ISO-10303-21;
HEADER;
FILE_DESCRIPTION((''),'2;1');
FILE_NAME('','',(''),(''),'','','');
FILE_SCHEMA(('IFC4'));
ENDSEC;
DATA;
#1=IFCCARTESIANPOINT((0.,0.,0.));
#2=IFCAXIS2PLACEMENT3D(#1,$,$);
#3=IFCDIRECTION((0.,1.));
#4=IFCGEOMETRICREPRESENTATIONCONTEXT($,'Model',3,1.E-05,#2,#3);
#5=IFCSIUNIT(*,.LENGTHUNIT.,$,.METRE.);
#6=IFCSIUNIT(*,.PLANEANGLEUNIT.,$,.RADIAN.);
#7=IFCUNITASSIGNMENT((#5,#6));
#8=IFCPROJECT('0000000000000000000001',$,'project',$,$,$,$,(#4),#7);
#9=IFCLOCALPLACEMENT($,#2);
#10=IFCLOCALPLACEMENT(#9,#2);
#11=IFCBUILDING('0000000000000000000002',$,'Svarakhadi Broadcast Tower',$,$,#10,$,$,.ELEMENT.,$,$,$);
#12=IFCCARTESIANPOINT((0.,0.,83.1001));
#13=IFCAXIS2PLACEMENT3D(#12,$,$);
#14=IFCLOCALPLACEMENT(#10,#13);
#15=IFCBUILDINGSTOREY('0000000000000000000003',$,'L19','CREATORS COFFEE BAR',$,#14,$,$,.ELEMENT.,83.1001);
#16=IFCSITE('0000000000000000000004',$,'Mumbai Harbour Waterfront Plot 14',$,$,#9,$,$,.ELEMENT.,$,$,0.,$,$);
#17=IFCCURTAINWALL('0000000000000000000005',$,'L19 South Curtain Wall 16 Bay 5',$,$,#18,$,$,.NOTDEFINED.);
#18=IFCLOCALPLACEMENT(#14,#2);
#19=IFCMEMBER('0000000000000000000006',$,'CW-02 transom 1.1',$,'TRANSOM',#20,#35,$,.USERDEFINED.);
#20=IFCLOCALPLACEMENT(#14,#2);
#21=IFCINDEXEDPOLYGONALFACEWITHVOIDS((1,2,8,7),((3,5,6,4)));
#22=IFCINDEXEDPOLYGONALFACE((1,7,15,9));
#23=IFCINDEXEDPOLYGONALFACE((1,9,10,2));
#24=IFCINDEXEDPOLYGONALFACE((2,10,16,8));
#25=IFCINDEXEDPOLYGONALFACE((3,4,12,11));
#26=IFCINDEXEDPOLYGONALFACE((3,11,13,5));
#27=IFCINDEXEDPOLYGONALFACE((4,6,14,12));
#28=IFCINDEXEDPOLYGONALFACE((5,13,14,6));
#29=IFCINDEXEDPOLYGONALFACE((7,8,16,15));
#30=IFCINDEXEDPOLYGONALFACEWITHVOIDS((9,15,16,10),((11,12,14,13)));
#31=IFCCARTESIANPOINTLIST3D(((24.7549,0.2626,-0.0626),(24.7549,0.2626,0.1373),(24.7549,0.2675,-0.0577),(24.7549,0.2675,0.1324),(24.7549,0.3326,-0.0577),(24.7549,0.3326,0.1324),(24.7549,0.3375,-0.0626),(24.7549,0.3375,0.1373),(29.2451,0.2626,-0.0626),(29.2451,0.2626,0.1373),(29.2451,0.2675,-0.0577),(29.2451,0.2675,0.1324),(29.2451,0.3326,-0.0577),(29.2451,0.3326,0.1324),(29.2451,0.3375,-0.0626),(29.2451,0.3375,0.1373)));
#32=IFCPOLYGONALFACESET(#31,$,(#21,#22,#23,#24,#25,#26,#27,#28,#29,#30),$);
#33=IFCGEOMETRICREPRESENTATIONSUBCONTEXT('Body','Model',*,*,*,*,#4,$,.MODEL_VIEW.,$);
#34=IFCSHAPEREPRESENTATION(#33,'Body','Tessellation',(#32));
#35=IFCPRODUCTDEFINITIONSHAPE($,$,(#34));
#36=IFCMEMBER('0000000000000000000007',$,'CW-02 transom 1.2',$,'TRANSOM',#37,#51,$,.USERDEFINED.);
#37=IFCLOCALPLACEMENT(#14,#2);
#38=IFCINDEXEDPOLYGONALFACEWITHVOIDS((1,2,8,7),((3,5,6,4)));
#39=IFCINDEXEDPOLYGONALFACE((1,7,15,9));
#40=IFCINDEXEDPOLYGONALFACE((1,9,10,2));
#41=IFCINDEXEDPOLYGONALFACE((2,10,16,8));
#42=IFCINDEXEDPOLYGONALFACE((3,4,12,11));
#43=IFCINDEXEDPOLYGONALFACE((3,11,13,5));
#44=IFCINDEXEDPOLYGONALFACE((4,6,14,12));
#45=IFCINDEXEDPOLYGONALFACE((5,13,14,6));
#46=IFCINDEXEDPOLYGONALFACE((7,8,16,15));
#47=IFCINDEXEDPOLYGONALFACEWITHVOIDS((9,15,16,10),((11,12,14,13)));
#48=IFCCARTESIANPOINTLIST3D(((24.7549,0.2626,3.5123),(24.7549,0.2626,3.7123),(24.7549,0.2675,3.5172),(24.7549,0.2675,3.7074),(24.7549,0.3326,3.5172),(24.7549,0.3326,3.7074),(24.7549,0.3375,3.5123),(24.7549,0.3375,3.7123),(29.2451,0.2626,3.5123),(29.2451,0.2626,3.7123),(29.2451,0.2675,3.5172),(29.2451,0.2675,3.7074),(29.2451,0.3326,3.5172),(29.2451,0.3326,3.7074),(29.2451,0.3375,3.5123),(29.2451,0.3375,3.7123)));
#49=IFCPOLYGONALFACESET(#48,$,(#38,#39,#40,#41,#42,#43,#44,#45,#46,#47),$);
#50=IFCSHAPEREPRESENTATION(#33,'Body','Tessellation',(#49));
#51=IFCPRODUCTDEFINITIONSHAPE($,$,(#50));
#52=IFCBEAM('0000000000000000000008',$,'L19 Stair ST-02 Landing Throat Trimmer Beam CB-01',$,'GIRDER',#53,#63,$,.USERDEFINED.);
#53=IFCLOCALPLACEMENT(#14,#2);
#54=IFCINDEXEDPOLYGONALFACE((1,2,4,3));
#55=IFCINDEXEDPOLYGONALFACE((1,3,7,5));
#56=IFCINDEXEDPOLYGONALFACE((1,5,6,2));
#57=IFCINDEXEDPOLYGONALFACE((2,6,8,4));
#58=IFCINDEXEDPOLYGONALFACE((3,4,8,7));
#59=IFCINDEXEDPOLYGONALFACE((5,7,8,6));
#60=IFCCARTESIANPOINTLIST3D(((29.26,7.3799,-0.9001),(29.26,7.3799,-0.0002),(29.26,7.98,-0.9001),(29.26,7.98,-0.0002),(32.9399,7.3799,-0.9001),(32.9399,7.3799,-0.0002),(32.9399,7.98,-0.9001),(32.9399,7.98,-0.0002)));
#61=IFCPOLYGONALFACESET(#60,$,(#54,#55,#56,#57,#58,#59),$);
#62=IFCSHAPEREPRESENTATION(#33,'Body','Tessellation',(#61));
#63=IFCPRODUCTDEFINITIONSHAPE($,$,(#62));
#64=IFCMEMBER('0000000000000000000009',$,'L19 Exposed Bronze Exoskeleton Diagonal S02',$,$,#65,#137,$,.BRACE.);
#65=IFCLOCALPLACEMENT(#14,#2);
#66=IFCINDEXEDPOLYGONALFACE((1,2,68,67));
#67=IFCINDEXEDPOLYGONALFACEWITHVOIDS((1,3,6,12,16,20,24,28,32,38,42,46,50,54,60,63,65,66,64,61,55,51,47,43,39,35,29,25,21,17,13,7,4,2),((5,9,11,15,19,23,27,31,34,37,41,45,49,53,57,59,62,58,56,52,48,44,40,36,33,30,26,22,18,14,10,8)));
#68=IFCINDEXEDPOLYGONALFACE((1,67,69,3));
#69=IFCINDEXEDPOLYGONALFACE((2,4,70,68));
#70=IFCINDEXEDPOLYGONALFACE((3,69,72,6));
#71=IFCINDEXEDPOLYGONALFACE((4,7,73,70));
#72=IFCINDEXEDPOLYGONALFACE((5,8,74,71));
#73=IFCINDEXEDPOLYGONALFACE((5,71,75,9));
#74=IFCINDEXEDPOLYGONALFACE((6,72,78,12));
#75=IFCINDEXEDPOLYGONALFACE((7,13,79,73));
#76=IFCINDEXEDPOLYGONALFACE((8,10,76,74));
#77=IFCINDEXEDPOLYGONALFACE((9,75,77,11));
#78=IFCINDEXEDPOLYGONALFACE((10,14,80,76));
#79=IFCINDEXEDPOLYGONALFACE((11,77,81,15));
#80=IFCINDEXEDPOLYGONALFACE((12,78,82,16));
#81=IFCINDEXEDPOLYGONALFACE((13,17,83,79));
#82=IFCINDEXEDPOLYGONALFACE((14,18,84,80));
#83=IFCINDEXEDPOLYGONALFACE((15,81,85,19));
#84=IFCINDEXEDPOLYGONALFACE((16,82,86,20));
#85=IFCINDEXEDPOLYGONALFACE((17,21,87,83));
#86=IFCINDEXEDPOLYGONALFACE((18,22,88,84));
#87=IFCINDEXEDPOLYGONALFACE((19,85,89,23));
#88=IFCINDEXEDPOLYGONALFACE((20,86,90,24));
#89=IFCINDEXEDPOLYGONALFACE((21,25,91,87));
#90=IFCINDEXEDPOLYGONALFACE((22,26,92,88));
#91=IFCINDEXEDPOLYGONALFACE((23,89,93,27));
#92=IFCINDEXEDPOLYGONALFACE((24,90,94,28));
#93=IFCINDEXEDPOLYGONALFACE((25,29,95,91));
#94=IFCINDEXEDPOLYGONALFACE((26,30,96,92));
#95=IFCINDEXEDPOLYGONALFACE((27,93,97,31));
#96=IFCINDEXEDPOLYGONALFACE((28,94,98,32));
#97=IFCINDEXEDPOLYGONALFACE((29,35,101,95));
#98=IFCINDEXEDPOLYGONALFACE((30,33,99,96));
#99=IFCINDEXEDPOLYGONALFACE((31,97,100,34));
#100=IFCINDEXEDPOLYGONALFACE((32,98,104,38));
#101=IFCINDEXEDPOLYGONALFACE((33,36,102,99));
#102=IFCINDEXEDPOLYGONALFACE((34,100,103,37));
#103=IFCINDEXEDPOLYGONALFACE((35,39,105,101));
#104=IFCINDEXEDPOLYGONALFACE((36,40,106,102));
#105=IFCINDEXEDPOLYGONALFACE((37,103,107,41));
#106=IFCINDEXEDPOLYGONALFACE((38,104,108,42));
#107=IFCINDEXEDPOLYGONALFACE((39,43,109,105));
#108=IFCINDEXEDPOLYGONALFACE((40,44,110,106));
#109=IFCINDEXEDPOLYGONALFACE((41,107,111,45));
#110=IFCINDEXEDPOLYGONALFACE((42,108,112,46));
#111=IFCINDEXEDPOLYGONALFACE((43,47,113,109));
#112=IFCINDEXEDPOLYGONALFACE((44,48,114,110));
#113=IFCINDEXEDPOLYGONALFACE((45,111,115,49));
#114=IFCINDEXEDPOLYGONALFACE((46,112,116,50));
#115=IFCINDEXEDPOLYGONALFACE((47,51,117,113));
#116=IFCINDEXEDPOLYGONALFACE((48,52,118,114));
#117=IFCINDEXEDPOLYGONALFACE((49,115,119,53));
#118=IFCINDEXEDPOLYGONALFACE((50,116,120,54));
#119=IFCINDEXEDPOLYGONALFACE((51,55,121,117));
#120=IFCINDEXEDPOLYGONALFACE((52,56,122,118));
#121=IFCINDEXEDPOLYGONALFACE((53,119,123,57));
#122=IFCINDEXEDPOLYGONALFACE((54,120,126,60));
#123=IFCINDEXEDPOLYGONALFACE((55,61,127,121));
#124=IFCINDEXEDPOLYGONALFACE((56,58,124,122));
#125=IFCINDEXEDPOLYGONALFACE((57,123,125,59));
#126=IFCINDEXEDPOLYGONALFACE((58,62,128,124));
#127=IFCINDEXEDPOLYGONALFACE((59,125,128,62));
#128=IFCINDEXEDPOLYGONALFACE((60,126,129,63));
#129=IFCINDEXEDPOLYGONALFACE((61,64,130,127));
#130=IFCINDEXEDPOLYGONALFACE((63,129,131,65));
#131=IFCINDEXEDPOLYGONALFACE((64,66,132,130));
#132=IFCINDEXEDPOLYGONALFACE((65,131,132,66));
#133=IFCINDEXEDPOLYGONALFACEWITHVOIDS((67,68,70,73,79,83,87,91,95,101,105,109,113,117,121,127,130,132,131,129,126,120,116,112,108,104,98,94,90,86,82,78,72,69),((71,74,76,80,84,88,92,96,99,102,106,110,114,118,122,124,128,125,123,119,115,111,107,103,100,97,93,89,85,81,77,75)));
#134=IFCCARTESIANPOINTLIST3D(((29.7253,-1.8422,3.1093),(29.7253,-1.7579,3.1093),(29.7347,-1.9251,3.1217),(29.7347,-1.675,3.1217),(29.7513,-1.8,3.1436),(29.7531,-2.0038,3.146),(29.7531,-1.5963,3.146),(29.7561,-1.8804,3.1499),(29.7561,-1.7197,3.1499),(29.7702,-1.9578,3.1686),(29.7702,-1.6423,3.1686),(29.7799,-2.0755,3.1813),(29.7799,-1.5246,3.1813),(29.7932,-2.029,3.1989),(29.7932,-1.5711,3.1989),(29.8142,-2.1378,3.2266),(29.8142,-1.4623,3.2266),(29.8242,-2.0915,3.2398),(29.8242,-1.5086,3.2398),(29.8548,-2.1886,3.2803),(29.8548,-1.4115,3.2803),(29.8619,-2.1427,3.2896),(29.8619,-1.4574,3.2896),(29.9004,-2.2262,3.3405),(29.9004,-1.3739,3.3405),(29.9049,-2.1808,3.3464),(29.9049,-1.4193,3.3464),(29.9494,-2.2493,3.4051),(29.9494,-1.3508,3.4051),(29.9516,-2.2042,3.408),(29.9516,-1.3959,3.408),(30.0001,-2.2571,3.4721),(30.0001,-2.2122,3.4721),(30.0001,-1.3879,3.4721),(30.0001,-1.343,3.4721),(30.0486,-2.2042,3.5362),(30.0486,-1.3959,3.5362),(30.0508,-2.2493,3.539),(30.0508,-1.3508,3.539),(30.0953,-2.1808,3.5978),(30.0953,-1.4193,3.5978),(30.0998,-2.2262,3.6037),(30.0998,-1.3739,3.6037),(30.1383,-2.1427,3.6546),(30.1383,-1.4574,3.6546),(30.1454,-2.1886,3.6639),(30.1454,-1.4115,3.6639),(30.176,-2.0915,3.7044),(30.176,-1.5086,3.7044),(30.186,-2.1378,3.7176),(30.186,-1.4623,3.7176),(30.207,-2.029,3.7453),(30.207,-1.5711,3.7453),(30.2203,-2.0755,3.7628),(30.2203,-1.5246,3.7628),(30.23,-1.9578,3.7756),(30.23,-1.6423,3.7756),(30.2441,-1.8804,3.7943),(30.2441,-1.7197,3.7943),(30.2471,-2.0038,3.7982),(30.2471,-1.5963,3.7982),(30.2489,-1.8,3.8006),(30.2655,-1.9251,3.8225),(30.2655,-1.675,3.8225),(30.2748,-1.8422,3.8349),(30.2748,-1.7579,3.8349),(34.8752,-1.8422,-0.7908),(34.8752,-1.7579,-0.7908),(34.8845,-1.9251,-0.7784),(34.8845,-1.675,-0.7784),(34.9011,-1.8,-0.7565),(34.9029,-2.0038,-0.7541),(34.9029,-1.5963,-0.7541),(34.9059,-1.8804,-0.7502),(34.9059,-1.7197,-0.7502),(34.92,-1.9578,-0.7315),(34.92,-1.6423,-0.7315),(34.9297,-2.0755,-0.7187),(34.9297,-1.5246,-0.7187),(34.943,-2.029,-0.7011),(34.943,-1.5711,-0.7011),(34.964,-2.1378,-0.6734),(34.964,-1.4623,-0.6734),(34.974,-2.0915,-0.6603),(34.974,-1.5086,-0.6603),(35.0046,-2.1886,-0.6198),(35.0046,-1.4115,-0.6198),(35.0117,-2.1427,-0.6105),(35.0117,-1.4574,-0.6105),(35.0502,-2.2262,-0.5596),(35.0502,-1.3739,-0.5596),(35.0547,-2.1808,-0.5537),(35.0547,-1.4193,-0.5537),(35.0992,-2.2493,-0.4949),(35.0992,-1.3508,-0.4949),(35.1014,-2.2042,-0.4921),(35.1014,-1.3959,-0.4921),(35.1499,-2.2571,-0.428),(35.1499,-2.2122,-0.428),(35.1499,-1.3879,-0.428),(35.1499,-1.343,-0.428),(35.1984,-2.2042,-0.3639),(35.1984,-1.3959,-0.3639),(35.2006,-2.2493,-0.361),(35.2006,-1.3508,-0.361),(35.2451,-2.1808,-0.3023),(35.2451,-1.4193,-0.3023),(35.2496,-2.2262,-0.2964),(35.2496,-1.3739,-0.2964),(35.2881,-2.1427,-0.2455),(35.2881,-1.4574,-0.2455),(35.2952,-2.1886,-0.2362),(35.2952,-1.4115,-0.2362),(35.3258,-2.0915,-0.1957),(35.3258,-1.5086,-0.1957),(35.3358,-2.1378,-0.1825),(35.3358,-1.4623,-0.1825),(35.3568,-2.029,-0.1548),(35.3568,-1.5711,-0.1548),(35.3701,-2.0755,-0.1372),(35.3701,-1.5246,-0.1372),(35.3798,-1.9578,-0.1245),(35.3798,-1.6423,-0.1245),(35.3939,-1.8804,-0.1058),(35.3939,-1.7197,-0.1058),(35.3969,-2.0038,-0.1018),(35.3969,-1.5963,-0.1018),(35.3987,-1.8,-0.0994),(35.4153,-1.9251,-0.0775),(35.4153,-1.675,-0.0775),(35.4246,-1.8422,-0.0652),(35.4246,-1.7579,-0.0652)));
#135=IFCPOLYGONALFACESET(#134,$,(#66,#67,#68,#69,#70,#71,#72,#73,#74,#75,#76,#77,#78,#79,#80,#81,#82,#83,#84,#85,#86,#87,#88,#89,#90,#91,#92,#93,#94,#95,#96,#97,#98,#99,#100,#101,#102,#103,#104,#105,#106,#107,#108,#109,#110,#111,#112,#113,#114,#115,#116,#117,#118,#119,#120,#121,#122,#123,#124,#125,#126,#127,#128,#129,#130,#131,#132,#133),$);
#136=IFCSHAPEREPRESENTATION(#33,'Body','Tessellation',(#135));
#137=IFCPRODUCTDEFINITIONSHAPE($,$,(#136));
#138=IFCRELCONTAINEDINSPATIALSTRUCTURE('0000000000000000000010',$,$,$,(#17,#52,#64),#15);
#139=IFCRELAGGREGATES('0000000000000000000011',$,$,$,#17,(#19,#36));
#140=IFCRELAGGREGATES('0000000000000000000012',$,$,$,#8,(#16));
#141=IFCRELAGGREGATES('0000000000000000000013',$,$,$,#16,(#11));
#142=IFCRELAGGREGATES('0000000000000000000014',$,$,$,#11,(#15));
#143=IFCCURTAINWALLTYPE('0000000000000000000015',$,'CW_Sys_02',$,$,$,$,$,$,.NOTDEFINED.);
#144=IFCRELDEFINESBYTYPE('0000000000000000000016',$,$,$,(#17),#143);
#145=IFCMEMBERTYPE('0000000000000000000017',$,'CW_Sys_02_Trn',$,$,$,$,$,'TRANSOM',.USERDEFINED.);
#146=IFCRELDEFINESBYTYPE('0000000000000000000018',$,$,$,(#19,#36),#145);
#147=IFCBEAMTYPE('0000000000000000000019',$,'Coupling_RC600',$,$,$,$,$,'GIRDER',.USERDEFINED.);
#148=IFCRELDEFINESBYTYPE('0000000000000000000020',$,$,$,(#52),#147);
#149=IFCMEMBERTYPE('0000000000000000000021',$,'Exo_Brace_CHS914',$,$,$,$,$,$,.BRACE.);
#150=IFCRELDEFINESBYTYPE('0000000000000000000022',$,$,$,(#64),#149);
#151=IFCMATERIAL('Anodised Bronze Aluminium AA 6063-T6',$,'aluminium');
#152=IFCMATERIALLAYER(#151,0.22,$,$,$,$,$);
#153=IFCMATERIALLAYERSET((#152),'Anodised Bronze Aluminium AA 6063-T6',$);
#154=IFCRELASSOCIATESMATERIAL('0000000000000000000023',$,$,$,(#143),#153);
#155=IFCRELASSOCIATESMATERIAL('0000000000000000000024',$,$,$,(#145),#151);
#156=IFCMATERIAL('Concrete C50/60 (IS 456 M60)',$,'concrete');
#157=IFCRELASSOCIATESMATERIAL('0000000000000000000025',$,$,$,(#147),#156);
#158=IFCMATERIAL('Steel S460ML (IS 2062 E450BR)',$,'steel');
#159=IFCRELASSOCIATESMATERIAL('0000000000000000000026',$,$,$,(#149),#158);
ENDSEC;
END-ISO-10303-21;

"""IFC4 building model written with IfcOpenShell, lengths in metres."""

from ifc_helpers import new_model, si_unit, direction, frame, origin, origin_2d, place, context, subcontext, project, spatial, rectangle, hollow_rectangle, hollow_circle, extrude, material, layer, layer_set, material_profile, profile_set, type_object, element, aggregate, save


model = new_model("IFC4")

# Units and contexts
model_context = context("Model", 3, precision=1e-05, world=origin(), true_north=direction((0.0, 1.0)))
body_context = subcontext(model_context, "Body", "Model", "MODEL_VIEW")
ifc_project = project(units=[si_unit("LENGTHUNIT", "METRE"), si_unit("PLANEANGLEUNIT", "RADIAN")], contexts=[model_context])

# Site, building, storey
site_placement = place(None, origin())
site = spatial("IfcSite", under=ifc_project, at=site_placement, Name="Mumbai Harbour Waterfront Plot 14", CompositionType="ELEMENT", RefElevation=0.0)
building_placement = place(site_placement, origin())
building = spatial("IfcBuilding", under=site, at=building_placement, Name="Svarakhadi Broadcast Tower", CompositionType="ELEMENT")
storey_placement = place(building_placement, frame((0.0, 0.0, 83.1001)))
storey = spatial("IfcBuildingStorey", under=building, at=storey_placement, Name="L19", Description="CREATORS COFFEE BAR", CompositionType="ELEMENT", Elevation=83.1001)

# Shared definitions
ifc_material_1 = material(Name="Steel S460ML (IS 2062 E450BR)", Category="steel")

# Shared definitions
ifc_material_2 = material(Name="Anodised Bronze Aluminium AA 6063-T6", Category="aluminium")
ifc_layer_1 = layer(ifc_material_2, 0.22)
ifc_layer_set_1 = layer_set([ifc_layer_1], Name="Anodised Bronze Aluminium AA 6063-T6")
curtain_wall_type = type_object("IfcCurtainWallType", Name="CW_Sys_02", PredefinedType="NOTDEFINED", material=ifc_layer_set_1)

# Curtain wall
curtain_wall_1_placement = place(storey_placement, origin())
curtain_wall_1 = element("IfcCurtainWall", 1, at=curtain_wall_1_placement, inside=storey, type_object=curtain_wall_type, Name="L19 South Curtain Wall 16 Bay 5", PredefinedType="NOTDEFINED")

# Members
ifc_material_profile_1 = material_profile(ifc_material_2, hollow_rectangle(XDim=0.075, YDim=0.2, WallThickness=0.0049, at=origin_2d()), Name="ALU TRANSOM 200x75x5")
ifc_profile_set_1 = profile_set([ifc_material_profile_1], Name="Anodised Bronze Aluminium AA 6063-T6")
member_type_1 = type_object("IfcMemberType", Name="CW_Sys_02_Trn", ElementType="TRANSOM", PredefinedType="USERDEFINED", material=ifc_profile_set_1)
member_1_placement = place(storey_placement, frame((29.2451, 0.3, 0.0374), z_axis=(-1.0, 0.0, 0.0), x_axis=(0.0, -1.0, 0.0)))
member_1 = element("IfcMember", 2, at=member_1_placement, type_object=member_type_1, Name="CW-02 transom 1.1", ObjectType="TRANSOM", PredefinedType="USERDEFINED", context=body_context, shape_type="SweptSolid", body=[
    extrude(hollow_rectangle(XDim=0.075, YDim=0.2, WallThickness=0.0049, at=origin_2d()), origin(), (0.0, 0.0, 1.0), 4.4902),
])
member_2_placement = place(storey_placement, frame((29.2451, 0.3, 3.6123), z_axis=(-1.0, 0.0, 0.0), x_axis=(0.0, -1.0, 0.0)))
member_2 = element("IfcMember", 3, at=member_2_placement, type_object=member_type_1, Name="CW-02 transom 1.2", ObjectType="TRANSOM", PredefinedType="USERDEFINED", context=body_context, shape_type="SweptSolid", body=[
    extrude(hollow_rectangle(XDim=0.075, YDim=0.2, WallThickness=0.0049, at=origin_2d()), origin(), (0.0, 0.0, 1.0), 4.4902),
])
aggregate(curtain_wall_1, [member_1, member_2])

# Beam
ifc_material_3 = material(Name="Concrete C50/60 (IS 456 M60)", Category="concrete")
ifc_material_profile_2 = material_profile(ifc_material_3, rectangle(XDim=0.6001, YDim=0.8999, at=origin_2d()), Name="RC 600x900")
ifc_profile_set_2 = profile_set([ifc_material_profile_2], Name="Concrete C50/60 (IS 456 M60)")
beam_type_1 = type_object("IfcBeamType", Name="Coupling_RC600", ElementType="GIRDER", PredefinedType="USERDEFINED", material=ifc_profile_set_2)
beam_1_placement = place(storey_placement, frame((29.26, 7.6799, -0.4502), z_axis=(1.0, 0.0, 0.0), x_axis=(0.0, 1.0, 0.0)))
element("IfcBeam", 4, at=beam_1_placement, inside=storey, type_object=beam_type_1, Name="L19 Stair ST-02 Landing Throat Trimmer Beam CB-01", ObjectType="GIRDER", PredefinedType="USERDEFINED", context=body_context, shape_type="SweptSolid", body=[
    extrude(rectangle(XDim=0.6001, YDim=0.8999, at=origin_2d()), origin(), (0.0, 0.0, 1.0), 3.6799),
])

# Member
ifc_material_profile_3 = material_profile(ifc_material_1, hollow_circle(Radius=0.457, WallThickness=0.0449, at=origin_2d()), Name="CHS 914x45")
ifc_profile_set_3 = profile_set([ifc_material_profile_3], Name="Steel S460ML (IS 2062 E450BR)")
member_type_2 = type_object("IfcMemberType", Name="Exo_Brace_CHS914", PredefinedType="BRACE", material=ifc_profile_set_3)
member_3_placement = place(storey_placement, frame((35.1499, -1.8, -0.428), z_axis=(-0.797189, 0.0, 0.60373), x_axis=(0.0, -1.0, 0.0)))
element("IfcMember", 5, at=member_3_placement, inside=storey, type_object=member_type_2, Name="L19 Exposed Bronze Exoskeleton Diagonal S02", PredefinedType="BRACE", context=body_context, shape_type="SweptSolid", body=[
    extrude(hollow_circle(Radius=0.457, WallThickness=0.0449, at=origin_2d()), origin(), (0.0, 0.0, 1.0), 6.46),
])

save(model, "model.ifc")
